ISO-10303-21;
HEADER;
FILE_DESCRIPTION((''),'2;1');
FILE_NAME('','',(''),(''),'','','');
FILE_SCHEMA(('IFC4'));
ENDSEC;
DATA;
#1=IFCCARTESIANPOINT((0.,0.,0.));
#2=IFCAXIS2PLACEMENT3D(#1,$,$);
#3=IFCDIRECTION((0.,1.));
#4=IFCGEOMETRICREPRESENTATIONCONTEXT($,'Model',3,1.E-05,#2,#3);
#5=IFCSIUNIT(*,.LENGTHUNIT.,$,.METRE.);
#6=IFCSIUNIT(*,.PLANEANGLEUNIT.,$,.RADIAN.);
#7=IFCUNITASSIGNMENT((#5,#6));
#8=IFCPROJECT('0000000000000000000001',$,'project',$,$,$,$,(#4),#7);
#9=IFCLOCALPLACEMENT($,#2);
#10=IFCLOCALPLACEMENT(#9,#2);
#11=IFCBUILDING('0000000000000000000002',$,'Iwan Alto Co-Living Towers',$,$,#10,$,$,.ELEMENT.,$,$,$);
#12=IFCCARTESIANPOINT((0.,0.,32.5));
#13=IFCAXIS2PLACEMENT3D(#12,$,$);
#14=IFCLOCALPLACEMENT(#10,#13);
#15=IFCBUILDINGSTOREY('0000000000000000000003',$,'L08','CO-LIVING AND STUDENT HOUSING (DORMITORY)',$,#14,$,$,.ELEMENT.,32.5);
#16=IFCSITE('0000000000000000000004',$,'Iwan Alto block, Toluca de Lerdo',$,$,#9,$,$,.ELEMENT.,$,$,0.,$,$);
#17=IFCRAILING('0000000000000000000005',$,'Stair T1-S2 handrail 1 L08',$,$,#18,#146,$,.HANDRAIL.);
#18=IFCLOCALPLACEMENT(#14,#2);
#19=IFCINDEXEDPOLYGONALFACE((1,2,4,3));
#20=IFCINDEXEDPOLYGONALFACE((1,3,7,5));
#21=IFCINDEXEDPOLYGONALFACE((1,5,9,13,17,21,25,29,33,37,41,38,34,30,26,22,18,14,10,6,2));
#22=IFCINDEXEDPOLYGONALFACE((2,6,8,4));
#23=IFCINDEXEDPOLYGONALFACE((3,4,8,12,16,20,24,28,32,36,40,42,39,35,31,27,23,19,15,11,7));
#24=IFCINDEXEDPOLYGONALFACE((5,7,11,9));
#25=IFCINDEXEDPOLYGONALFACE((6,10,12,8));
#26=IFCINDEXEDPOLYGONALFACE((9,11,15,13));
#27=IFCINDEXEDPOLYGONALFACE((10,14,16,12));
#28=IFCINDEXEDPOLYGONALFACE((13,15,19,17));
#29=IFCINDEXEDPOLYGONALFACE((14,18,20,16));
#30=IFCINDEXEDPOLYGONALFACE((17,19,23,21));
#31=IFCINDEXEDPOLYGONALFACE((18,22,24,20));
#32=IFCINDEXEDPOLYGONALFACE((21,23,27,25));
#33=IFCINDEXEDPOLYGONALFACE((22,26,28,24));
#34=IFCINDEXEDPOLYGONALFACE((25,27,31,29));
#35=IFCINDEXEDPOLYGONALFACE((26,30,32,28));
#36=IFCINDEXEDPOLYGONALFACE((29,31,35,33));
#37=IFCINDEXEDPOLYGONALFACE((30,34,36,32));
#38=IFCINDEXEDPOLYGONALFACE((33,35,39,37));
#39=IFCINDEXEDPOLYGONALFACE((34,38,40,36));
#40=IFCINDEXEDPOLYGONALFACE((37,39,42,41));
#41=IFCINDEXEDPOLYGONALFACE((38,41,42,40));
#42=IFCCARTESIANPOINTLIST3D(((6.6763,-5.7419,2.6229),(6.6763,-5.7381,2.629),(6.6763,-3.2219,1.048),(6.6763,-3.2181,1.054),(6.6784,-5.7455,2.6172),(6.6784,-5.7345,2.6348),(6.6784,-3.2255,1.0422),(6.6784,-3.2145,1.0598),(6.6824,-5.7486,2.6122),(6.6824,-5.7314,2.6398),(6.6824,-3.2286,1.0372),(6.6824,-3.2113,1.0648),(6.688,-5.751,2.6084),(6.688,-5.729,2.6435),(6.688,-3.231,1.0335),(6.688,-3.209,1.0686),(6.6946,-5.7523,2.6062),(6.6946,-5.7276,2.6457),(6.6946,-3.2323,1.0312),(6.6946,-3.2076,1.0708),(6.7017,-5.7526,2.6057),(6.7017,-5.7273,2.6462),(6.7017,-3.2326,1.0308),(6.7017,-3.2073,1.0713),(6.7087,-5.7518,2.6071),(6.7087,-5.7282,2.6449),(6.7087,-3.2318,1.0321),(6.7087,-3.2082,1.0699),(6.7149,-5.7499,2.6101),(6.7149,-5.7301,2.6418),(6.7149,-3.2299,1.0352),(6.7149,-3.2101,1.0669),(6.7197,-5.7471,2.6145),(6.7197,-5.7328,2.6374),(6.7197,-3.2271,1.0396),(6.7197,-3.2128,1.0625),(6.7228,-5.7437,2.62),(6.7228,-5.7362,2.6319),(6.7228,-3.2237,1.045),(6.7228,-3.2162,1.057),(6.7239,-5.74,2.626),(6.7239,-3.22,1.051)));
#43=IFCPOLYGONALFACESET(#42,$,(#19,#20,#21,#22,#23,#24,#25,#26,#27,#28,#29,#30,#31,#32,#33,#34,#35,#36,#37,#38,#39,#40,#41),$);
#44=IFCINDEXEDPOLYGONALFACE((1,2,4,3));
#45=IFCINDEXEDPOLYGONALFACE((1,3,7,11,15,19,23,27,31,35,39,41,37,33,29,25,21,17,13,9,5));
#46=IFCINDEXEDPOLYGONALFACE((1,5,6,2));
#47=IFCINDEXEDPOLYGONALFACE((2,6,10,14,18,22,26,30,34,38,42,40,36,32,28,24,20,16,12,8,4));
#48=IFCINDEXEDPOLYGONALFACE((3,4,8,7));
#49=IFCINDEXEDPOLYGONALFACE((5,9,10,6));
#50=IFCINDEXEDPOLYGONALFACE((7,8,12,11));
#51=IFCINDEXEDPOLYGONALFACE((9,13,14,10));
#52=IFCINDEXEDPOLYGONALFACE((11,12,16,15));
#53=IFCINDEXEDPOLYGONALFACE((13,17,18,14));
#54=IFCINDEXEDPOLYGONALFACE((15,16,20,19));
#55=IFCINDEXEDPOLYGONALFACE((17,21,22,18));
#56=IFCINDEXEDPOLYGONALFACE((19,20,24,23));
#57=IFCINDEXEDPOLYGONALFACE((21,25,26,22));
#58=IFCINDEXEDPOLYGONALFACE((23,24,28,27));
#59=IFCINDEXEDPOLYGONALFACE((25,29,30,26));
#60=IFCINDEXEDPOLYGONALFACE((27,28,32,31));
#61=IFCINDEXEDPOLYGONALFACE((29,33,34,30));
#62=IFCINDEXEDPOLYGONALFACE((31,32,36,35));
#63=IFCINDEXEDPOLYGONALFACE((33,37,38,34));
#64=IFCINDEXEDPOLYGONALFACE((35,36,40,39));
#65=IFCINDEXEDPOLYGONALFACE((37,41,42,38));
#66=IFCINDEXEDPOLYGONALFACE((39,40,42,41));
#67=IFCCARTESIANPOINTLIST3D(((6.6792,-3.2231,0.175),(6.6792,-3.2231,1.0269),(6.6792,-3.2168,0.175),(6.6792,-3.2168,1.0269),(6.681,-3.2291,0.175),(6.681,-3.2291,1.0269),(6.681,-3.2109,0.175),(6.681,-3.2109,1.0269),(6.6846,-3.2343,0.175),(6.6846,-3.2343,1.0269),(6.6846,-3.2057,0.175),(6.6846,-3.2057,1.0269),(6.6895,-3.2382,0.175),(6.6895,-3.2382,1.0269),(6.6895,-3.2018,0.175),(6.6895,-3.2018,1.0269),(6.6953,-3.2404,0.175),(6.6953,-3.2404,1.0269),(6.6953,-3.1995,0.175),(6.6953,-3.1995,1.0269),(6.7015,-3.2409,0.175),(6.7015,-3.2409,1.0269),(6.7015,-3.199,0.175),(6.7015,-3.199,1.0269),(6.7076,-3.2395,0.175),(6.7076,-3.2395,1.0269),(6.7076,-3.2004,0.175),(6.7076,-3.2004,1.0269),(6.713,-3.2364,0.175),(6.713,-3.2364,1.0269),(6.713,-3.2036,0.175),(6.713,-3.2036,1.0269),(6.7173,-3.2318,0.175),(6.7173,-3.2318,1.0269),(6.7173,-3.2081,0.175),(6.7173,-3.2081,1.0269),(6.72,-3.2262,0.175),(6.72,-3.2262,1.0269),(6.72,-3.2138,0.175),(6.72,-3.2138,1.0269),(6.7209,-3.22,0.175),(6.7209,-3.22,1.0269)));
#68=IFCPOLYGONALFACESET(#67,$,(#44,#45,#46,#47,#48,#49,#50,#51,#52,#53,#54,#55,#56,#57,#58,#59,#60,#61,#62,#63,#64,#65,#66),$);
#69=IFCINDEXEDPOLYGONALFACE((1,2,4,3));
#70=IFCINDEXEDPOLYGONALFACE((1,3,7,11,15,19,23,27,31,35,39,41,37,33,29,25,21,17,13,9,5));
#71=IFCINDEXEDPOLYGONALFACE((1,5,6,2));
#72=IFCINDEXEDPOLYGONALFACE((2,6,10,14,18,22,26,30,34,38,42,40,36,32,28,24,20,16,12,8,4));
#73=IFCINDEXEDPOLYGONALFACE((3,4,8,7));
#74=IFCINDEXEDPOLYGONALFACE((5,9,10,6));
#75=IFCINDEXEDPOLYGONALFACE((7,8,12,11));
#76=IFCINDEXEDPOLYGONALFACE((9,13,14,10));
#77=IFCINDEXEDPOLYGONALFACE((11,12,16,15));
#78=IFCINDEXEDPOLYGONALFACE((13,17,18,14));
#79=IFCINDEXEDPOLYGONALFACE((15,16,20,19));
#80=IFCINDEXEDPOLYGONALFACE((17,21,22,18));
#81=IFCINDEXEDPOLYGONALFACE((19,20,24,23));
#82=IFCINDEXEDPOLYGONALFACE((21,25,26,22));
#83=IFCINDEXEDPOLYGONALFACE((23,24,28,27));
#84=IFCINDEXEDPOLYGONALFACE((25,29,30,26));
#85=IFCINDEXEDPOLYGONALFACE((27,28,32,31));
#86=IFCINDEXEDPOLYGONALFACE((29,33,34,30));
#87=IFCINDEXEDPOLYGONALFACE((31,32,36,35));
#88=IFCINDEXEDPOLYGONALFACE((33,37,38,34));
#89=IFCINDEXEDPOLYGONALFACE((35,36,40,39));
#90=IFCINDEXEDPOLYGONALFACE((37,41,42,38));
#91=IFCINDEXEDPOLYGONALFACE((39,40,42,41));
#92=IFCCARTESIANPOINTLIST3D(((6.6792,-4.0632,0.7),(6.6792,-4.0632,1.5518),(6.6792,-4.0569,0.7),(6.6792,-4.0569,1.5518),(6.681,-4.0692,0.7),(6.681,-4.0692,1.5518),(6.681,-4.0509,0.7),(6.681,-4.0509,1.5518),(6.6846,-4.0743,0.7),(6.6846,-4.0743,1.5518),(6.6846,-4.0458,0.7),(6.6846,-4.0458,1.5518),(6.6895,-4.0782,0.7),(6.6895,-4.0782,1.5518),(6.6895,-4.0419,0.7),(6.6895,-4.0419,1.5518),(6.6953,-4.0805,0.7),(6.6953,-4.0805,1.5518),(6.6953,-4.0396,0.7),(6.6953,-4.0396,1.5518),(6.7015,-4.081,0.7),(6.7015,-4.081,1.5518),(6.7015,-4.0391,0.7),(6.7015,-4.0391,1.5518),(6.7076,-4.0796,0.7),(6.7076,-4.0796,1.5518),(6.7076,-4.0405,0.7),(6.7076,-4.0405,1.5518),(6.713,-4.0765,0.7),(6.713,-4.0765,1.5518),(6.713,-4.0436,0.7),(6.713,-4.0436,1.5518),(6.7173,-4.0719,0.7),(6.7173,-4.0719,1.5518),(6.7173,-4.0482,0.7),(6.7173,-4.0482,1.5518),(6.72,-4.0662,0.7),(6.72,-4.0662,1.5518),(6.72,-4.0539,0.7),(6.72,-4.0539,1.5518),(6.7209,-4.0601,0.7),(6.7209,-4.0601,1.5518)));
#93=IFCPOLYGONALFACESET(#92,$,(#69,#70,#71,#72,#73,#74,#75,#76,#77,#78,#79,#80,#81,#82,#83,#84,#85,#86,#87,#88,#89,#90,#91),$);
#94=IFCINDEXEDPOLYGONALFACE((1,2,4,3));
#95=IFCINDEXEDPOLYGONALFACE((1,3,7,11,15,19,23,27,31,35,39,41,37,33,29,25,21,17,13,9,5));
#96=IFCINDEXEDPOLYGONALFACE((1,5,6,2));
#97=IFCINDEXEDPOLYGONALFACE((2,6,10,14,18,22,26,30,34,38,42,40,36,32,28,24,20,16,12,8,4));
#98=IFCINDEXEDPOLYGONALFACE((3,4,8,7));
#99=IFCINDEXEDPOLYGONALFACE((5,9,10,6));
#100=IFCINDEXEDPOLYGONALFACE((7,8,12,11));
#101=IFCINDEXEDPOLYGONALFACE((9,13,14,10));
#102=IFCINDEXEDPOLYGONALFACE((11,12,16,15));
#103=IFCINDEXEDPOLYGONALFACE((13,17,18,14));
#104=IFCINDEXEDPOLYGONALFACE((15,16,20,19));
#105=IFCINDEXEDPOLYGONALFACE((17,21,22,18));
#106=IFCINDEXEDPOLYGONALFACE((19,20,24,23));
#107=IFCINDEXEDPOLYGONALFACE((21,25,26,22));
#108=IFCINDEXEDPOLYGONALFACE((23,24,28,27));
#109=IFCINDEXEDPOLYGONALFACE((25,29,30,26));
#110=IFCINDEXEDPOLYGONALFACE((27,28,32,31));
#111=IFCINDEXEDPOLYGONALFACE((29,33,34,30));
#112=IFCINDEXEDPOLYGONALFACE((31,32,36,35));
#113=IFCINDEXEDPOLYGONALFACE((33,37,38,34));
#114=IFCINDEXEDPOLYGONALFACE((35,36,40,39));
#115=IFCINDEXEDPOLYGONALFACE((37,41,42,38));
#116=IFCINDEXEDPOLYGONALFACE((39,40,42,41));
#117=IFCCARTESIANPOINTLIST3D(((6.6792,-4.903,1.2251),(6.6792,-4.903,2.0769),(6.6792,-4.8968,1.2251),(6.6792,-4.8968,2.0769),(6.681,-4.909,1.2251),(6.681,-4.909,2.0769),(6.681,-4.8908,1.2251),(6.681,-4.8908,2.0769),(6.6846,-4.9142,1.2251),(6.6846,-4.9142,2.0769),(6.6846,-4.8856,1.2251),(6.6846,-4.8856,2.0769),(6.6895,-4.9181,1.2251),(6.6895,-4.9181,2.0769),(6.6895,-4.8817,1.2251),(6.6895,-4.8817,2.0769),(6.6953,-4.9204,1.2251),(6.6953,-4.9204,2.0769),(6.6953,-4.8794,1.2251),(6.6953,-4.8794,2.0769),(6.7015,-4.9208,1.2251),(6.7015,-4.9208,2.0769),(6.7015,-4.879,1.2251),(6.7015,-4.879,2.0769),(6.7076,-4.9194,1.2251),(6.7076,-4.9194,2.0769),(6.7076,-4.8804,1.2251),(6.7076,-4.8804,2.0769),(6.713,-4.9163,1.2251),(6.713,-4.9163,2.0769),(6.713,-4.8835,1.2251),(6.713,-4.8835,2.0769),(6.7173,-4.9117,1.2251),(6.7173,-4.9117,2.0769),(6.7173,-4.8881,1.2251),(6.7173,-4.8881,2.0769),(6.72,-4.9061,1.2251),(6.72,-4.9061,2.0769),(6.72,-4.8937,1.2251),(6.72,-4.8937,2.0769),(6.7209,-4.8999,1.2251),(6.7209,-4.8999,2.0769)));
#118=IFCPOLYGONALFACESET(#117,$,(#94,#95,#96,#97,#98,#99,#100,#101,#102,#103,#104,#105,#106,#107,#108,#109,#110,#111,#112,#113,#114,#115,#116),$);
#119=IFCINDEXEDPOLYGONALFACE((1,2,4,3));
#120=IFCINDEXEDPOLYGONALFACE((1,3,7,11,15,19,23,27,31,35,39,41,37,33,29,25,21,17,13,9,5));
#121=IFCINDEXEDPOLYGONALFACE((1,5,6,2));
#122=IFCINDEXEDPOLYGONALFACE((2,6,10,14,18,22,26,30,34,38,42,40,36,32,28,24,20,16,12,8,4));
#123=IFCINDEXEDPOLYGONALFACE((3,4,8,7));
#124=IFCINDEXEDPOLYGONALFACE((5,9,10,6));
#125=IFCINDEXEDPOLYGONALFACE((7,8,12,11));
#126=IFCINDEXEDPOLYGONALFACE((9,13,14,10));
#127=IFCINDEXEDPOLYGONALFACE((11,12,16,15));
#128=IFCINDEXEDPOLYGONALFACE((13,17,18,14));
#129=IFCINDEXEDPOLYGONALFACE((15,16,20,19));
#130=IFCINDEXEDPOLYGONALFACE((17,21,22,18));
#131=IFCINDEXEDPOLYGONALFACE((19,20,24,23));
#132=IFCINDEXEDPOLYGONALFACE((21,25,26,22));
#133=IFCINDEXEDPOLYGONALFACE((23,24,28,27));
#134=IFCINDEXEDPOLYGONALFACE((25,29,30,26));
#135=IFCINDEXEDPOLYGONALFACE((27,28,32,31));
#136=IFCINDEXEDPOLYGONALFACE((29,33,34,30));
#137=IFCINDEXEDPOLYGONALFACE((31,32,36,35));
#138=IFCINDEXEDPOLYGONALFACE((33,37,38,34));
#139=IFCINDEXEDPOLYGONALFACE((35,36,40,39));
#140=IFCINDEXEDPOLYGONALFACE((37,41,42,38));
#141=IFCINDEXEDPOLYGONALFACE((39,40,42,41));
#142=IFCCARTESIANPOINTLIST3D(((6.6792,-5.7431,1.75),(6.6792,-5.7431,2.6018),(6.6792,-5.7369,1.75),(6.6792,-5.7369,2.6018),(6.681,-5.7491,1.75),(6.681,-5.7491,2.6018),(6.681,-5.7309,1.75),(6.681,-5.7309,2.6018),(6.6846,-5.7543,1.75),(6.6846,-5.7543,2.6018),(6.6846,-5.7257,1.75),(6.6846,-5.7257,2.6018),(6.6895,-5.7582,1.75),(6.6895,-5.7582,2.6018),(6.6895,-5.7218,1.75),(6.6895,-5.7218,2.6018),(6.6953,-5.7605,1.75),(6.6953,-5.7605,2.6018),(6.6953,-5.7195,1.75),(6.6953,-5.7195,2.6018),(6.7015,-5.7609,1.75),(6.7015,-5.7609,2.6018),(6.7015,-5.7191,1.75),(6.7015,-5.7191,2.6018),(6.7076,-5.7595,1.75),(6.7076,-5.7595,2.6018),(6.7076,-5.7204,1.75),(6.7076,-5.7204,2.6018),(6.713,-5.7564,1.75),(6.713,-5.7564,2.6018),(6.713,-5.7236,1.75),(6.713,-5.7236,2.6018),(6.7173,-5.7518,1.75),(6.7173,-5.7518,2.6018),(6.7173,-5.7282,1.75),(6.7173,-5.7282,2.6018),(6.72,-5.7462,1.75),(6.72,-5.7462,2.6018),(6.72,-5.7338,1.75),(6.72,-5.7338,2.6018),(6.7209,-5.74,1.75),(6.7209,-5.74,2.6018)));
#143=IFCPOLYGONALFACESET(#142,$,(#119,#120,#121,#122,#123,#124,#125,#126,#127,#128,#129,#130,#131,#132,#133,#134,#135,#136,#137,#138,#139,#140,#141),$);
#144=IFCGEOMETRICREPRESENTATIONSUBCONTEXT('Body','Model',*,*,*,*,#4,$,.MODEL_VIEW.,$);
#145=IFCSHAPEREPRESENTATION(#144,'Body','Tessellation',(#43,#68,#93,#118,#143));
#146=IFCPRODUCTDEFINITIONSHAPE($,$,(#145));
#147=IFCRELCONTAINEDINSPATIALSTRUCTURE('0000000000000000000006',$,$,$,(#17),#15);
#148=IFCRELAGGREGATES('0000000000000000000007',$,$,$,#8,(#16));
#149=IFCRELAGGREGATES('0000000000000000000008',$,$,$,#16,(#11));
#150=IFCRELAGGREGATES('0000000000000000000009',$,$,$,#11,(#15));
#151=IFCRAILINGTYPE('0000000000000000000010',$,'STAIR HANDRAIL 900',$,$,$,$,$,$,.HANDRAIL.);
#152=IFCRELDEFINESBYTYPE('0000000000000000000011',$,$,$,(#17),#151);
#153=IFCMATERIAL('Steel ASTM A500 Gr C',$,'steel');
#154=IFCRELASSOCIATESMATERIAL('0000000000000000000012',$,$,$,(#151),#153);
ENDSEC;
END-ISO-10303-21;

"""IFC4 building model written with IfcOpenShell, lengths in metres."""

from ifc_helpers import new_model, si_unit, direction, frame, origin, origin_2d, place, context, subcontext, project, spatial, circle, extrude, material, type_object, element, save


model = new_model("IFC4")

# Units and contexts
model_context = context("Model", 3, precision=1e-05, world=origin(), true_north=direction((0.0, 1.0)))
body_context = subcontext(model_context, "Body", "Model", "MODEL_VIEW")
ifc_project = project(units=[si_unit("LENGTHUNIT", "METRE"), si_unit("PLANEANGLEUNIT", "RADIAN")], contexts=[model_context])

# Site, building, storey
site_placement = place(None, origin())
site = spatial("IfcSite", under=ifc_project, at=site_placement, Name="Iwan Alto block, Toluca de Lerdo", CompositionType="ELEMENT", RefElevation=0.0)
building_placement = place(site_placement, origin())
building = spatial("IfcBuilding", under=site, at=building_placement, Name="Iwan Alto Co-Living Towers", CompositionType="ELEMENT")
storey_placement = place(building_placement, frame((0.0, 0.0, 32.5)))
storey = spatial("IfcBuildingStorey", under=building, at=storey_placement, Name="L08", Description="CO-LIVING AND STUDENT HOUSING (DORMITORY)", CompositionType="ELEMENT", Elevation=32.5)

# Railing
ifc_material_1 = material(Name="Steel ASTM A500 Gr C", Category="steel")
railing_type_1 = type_object("IfcRailingType", Name="STAIR HANDRAIL 900", PredefinedType="HANDRAIL", material=ifc_material_1)
railing_1_placement = place(storey_placement, frame((6.7, -3.22, 0.175)))
element("IfcRailing", 1, at=railing_1_placement, inside=storey, type_object=railing_type_1, Name="Stair T1-S2 handrail 1 L08", PredefinedType="HANDRAIL", context=body_context, shape_type="SweptSolid", body=[
    extrude(circle(Radius=0.0239, at=origin_2d()), frame((0.0, 0.0, 0.876), z_axis=(0.0, -0.848008, 0.529984), x_axis=(1.0, 0.0, 0.0)), (0.0, 0.0, 1.0), 2.9717),
    extrude(circle(Radius=0.021, at=origin_2d()), origin(), (0.0, 0.0, 1.0), 0.8518),
    extrude(circle(Radius=0.021, at=origin_2d()), frame((0.0, -0.8401, 0.5249)), (0.0, 0.0, 1.0), 0.8518),
    extrude(circle(Radius=0.021, at=origin_2d()), frame((0.0, -1.6799, 1.05)), (0.0, 0.0, 1.0), 0.8518),
    extrude(circle(Radius=0.021, at=origin_2d()), frame((0.0, -2.52, 1.575)), (0.0, 0.0, 1.0), 0.8518),
])

save(model, "model.ifc")
